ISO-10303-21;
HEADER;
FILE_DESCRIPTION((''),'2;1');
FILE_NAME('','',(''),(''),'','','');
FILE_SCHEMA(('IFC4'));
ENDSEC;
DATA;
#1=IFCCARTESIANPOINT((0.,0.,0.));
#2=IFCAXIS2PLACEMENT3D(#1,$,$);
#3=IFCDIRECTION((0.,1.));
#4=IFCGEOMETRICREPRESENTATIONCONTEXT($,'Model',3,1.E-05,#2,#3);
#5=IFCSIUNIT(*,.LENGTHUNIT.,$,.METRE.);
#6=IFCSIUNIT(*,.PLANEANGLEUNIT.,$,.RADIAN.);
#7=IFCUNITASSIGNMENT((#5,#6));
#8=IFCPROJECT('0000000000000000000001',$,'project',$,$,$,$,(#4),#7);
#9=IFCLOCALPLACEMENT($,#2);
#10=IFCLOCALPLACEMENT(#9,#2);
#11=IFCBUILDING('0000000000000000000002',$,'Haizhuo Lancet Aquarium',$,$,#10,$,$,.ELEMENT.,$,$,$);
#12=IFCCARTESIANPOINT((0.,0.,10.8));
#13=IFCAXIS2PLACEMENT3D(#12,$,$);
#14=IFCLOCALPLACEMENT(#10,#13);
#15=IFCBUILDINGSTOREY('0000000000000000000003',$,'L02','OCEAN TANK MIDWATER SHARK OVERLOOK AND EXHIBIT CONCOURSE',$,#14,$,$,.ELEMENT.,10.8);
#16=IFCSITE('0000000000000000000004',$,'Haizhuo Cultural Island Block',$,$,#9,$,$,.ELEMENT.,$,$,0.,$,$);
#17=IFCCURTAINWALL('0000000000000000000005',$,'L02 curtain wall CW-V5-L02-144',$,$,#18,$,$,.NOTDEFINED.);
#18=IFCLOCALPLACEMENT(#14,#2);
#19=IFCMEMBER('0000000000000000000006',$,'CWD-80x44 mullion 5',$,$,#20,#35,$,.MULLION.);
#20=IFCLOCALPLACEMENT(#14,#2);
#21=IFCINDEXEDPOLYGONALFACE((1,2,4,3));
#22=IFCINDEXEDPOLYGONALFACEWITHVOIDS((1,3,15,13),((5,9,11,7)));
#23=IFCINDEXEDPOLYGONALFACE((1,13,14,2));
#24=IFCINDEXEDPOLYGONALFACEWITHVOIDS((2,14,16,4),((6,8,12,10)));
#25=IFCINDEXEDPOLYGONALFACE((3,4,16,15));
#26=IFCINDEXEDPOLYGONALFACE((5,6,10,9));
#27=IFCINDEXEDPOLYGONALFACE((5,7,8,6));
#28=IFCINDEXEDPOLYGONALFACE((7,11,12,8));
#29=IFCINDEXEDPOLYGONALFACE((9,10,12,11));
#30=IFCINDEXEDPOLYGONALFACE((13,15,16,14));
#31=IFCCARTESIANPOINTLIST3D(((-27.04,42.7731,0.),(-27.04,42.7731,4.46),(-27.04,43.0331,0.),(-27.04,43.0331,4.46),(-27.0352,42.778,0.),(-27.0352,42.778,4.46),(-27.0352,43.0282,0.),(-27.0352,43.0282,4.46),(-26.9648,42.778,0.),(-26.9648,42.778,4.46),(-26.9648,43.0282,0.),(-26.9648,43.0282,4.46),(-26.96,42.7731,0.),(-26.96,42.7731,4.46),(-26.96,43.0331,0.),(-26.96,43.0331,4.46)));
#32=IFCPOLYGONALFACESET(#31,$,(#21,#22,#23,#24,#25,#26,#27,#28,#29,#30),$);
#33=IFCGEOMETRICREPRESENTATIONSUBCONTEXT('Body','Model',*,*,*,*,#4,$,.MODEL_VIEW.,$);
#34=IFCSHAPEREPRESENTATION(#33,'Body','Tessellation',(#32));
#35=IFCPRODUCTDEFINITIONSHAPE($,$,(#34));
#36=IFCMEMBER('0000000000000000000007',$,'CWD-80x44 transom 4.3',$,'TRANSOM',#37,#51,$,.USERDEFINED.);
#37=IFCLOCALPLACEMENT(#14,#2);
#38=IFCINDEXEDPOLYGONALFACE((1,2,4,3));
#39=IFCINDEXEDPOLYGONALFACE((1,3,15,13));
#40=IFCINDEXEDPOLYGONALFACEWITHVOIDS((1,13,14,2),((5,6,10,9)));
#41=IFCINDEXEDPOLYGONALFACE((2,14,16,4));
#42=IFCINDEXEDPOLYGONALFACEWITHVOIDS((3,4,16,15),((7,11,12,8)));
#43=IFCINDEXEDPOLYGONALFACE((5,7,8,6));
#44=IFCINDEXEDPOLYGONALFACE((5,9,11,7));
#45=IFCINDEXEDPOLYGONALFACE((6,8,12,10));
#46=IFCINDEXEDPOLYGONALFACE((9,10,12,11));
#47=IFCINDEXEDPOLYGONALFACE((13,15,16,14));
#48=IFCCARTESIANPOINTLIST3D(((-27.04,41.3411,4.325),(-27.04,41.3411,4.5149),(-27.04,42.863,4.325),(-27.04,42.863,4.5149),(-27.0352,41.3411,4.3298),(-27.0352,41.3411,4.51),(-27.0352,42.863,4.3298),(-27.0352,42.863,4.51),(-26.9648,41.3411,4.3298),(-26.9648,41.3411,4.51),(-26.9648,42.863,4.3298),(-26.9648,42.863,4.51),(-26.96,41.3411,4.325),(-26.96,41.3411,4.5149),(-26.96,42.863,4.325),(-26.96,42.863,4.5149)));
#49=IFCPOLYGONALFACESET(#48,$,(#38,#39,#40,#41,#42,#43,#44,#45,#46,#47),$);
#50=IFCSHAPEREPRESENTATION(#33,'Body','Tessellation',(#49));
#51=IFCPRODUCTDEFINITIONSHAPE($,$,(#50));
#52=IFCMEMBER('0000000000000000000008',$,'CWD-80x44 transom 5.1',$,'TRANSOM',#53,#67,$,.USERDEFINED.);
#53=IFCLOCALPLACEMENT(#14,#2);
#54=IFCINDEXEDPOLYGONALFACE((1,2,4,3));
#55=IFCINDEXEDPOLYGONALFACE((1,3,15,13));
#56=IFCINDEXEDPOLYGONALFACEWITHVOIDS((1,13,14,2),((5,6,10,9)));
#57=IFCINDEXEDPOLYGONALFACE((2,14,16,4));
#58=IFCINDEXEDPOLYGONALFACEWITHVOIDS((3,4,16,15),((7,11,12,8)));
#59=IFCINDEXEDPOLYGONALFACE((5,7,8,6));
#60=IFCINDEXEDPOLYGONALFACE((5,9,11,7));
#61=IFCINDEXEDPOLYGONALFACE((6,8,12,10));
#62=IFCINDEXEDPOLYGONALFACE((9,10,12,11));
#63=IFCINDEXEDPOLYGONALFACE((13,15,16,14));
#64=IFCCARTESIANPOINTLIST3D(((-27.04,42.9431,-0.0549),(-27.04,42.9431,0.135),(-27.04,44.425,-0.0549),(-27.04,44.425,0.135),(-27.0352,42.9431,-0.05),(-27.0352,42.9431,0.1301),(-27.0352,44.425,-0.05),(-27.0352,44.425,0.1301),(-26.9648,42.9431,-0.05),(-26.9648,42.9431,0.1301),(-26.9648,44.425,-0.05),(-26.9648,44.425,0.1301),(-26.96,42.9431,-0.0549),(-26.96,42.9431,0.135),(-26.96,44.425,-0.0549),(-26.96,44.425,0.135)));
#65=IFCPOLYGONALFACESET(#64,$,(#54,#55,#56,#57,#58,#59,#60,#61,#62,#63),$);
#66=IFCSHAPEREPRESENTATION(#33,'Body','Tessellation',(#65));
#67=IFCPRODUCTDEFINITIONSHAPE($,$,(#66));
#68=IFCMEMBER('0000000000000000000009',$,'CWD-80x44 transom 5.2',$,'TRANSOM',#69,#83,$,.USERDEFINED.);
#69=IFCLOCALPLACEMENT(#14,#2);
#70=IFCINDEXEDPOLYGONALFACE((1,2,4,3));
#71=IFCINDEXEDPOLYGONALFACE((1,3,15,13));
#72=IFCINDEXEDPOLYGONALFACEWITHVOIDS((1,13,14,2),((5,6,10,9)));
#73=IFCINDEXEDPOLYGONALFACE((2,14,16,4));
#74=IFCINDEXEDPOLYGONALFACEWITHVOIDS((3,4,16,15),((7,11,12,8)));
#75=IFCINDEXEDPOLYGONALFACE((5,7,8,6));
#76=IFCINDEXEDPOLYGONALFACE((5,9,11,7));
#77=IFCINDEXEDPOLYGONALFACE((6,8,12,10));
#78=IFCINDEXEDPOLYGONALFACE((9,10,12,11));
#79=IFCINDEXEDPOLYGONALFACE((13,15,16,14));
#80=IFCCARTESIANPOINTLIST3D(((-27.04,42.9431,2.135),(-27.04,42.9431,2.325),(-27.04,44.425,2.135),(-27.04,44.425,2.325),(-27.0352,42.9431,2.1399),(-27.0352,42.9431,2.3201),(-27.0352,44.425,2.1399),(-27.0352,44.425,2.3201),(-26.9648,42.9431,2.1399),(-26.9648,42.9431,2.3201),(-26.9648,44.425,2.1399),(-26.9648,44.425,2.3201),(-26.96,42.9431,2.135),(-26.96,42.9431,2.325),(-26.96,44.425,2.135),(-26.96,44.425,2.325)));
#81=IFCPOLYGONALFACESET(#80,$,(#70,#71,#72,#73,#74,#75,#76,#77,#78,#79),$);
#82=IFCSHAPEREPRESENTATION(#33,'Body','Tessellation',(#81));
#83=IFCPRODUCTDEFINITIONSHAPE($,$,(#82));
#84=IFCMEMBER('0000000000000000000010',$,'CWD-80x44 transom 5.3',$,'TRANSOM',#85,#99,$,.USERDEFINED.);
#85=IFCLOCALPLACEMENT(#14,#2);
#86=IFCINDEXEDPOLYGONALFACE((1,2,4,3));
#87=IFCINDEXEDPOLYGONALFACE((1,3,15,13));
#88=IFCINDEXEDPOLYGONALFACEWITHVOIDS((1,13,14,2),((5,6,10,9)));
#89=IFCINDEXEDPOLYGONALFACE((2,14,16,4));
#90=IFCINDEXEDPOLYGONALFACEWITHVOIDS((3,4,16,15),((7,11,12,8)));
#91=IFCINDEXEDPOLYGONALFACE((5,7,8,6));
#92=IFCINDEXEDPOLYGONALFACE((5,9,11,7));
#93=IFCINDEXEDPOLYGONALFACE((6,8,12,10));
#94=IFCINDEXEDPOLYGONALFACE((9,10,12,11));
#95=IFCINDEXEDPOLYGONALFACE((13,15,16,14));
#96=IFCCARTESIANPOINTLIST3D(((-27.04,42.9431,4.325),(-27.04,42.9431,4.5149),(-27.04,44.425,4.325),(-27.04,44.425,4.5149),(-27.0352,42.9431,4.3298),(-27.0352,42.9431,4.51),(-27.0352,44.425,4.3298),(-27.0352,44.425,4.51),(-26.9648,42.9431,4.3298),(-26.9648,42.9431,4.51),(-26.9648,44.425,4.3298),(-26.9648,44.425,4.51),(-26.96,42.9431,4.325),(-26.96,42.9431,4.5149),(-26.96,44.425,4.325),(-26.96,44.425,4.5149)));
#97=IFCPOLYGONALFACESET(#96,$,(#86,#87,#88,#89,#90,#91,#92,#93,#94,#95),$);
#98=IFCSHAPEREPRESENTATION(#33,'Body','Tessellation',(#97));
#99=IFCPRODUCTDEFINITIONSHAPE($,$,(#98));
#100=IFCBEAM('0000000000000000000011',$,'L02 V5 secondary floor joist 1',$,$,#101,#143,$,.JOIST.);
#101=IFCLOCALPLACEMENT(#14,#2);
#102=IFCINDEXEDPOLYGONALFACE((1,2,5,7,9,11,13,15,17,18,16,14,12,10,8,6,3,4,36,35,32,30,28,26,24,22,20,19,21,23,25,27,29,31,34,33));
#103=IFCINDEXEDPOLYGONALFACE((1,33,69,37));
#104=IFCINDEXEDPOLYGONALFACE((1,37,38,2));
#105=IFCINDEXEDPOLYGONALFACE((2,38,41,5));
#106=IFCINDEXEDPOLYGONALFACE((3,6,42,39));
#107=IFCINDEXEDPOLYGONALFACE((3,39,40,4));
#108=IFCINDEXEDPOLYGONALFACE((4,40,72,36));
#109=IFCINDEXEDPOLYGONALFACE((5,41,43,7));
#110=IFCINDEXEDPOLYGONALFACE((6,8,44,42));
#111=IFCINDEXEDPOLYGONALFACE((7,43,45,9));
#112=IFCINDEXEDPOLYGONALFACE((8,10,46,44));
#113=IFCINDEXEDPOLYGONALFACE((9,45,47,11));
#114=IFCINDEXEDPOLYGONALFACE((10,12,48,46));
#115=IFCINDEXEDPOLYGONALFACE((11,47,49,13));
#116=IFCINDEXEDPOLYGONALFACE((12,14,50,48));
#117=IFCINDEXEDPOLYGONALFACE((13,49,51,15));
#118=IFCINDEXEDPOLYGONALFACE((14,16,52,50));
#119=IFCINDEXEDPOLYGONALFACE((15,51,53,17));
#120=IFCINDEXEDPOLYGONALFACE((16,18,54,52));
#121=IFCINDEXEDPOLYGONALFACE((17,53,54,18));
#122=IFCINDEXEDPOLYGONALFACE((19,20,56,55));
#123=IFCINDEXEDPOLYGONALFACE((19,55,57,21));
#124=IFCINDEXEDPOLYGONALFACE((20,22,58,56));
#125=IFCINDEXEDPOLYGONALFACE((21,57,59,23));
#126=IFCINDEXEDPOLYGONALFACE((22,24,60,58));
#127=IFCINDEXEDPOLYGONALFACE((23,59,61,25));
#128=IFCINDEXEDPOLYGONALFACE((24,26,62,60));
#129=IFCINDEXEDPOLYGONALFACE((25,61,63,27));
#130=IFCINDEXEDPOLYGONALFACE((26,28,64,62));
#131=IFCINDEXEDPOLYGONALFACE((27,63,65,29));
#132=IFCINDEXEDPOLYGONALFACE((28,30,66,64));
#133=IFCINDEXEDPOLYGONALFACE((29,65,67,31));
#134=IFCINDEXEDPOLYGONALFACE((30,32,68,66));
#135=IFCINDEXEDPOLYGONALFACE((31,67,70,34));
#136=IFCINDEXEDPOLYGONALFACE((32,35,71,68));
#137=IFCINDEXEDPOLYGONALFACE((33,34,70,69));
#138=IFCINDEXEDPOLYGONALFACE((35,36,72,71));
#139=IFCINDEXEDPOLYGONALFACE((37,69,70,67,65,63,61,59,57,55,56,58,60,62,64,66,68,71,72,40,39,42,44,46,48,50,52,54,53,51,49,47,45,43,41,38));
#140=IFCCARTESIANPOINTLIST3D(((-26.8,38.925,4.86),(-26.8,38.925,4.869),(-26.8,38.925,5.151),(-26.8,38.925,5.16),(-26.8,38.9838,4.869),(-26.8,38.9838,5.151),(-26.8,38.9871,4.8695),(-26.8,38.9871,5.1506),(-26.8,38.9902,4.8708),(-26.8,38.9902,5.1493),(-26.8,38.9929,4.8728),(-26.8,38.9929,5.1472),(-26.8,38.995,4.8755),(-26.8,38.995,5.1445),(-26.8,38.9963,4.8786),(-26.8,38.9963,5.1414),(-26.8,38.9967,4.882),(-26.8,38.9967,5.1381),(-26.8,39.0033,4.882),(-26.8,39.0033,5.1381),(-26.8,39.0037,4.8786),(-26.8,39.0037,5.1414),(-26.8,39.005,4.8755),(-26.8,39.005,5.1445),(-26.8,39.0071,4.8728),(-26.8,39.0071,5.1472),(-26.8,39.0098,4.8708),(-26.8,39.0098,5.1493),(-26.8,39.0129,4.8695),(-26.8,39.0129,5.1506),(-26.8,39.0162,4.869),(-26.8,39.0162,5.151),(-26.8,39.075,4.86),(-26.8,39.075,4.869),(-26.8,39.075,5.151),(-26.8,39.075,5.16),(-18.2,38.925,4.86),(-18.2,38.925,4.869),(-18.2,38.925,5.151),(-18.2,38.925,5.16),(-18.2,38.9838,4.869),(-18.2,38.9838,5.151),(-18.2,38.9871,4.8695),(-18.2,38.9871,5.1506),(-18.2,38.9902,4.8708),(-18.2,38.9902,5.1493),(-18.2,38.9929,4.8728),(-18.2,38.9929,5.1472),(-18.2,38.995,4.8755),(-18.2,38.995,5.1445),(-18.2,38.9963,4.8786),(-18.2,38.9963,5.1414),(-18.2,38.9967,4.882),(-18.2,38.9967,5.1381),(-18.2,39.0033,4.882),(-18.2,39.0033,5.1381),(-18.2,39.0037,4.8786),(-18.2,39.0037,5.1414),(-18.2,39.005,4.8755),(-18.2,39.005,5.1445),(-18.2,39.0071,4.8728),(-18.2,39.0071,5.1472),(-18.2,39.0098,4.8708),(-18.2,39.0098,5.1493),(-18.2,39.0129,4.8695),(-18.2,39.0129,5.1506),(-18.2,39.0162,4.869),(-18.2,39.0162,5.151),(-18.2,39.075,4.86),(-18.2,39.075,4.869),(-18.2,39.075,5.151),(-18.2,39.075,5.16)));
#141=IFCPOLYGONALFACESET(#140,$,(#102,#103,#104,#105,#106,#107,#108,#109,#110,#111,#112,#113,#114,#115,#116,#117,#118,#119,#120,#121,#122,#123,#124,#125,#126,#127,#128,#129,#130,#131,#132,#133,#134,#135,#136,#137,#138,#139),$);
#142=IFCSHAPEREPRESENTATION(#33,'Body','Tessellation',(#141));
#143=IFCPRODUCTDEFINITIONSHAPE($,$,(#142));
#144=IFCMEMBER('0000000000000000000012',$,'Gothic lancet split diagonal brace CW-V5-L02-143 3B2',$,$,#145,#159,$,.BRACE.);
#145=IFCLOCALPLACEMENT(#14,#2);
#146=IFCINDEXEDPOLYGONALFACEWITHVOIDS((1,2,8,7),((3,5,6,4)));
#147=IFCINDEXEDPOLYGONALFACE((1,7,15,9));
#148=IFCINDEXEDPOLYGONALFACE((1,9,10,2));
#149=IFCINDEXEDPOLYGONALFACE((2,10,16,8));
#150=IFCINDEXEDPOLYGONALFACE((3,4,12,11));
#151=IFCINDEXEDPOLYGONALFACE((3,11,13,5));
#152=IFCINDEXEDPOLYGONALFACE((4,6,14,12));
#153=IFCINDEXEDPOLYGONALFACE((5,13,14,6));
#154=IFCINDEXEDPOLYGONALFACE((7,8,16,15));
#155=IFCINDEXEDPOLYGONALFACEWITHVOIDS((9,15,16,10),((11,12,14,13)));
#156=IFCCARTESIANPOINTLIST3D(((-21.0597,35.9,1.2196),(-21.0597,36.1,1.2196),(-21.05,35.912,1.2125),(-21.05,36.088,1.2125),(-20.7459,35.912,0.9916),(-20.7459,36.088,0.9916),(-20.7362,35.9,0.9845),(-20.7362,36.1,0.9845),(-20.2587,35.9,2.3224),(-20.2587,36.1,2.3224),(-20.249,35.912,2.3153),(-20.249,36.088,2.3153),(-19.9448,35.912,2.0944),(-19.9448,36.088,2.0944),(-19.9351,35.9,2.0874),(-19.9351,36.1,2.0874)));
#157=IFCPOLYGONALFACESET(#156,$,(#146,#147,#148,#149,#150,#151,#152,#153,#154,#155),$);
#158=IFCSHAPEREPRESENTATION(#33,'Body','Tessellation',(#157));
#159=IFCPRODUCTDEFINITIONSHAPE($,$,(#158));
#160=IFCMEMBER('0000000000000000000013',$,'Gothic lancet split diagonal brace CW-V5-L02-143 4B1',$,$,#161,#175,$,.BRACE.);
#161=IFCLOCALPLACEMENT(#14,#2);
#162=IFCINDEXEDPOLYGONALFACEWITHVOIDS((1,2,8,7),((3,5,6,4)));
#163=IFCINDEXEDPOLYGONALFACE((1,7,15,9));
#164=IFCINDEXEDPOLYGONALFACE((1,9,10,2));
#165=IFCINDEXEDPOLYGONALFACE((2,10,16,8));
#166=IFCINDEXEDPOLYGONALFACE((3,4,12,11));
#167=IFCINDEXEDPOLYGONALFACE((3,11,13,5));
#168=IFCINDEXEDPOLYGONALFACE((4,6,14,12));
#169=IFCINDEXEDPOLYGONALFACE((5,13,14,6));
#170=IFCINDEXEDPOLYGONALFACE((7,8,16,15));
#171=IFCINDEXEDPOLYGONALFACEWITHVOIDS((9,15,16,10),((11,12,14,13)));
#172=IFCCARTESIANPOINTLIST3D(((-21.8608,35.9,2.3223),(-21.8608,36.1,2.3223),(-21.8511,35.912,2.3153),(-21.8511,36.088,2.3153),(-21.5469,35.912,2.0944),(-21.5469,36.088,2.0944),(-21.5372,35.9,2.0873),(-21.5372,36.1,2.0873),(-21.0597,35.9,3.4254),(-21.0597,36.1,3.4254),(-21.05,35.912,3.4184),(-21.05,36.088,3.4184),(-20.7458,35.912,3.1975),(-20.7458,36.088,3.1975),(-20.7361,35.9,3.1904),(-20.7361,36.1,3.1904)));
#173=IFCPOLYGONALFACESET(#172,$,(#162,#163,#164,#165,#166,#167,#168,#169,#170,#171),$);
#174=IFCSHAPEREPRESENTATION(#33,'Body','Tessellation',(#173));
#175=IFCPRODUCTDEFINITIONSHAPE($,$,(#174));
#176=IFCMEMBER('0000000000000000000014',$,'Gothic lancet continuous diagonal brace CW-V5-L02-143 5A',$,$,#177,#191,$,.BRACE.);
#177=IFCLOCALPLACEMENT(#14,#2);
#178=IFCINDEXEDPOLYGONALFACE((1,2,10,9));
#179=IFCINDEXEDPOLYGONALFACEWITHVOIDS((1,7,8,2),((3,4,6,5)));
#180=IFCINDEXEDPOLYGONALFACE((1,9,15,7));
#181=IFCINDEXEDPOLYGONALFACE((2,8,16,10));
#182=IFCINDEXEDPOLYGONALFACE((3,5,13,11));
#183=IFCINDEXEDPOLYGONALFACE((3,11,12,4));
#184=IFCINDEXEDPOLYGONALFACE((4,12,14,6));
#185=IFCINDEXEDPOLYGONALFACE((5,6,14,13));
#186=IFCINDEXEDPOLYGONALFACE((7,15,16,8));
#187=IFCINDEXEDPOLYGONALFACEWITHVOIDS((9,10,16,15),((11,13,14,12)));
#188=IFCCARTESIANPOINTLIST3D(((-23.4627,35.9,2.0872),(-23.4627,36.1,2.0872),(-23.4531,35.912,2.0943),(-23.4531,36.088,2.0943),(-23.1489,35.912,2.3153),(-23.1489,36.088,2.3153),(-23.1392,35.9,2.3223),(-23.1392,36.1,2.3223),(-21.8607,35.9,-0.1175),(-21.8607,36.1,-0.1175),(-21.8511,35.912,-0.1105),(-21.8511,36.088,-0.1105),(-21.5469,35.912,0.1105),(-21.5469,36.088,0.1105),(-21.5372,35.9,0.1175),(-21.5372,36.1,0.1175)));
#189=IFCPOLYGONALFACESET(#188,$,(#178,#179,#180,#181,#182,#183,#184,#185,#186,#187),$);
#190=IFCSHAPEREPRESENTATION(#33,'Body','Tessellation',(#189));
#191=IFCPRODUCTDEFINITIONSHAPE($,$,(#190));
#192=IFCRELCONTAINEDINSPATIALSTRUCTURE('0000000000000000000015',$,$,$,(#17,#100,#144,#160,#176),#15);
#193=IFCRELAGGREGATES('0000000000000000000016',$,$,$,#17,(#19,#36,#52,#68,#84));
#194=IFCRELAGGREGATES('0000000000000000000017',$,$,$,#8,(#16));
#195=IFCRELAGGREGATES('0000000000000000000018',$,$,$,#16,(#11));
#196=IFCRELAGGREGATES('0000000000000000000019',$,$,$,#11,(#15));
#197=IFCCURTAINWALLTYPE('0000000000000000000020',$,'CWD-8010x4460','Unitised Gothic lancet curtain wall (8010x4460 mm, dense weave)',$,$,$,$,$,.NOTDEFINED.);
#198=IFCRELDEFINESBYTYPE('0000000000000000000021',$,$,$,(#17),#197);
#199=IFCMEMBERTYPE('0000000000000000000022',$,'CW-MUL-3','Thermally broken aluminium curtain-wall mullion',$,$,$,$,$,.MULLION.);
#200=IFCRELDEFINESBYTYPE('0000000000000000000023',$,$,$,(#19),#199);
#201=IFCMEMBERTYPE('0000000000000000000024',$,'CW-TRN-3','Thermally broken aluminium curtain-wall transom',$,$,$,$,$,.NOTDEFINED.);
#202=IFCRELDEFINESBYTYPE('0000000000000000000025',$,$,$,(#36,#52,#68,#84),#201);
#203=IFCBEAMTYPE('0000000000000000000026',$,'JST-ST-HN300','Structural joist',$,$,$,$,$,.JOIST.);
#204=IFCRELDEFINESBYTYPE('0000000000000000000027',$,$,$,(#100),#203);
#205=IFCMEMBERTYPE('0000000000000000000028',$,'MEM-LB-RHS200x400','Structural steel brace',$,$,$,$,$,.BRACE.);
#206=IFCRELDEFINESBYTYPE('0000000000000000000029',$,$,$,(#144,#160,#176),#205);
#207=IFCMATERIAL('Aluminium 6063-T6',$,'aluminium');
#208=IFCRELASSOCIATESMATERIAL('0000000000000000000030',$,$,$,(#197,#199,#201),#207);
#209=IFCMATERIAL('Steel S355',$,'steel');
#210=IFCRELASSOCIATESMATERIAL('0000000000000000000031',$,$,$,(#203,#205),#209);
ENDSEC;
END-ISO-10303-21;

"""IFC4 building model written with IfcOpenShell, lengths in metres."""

from ifc_helpers import new_model, si_unit, direction, frame, origin, origin_2d, place, context, subcontext, project, spatial, hollow_rectangle, i_section, extrude, material, material_profile, profile_set, type_object, element, aggregate, save


model = new_model("IFC4")

# Units and contexts
model_context = context("Model", 3, precision=1e-05, world=origin(), true_north=direction((0.0, 1.0)))
body_context = subcontext(model_context, "Body", "Model", "MODEL_VIEW")
ifc_project = project(units=[si_unit("LENGTHUNIT", "METRE"), si_unit("PLANEANGLEUNIT", "RADIAN")], contexts=[model_context])

# Site, building, storey
site_placement = place(None, origin())
site = spatial("IfcSite", under=ifc_project, at=site_placement, Name="Haizhuo Cultural Island Block", CompositionType="ELEMENT", RefElevation=0.0)
building_placement = place(site_placement, origin())
building = spatial("IfcBuilding", under=site, at=building_placement, Name="Haizhuo Lancet Aquarium", CompositionType="ELEMENT")
storey_placement = place(building_placement, frame((0.0, 0.0, 10.8)))
storey = spatial("IfcBuildingStorey", under=building, at=storey_placement, Name="L02", Description="OCEAN TANK MIDWATER SHARK OVERLOOK AND EXHIBIT CONCOURSE", CompositionType="ELEMENT", Elevation=10.8)

# Curtain wall, members
ifc_material_1 = material(Name="Aluminium 6063-T6", Category="aluminium")
curtain_wall_type_1 = type_object("IfcCurtainWallType", Name="CWD-8010x4460", Description="Unitised Gothic lancet curtain wall (8010x4460 mm, dense weave)", PredefinedType="NOTDEFINED", material=ifc_material_1)
curtain_wall_1_placement = place(storey_placement, origin())
curtain_wall_1 = element("IfcCurtainWall", 1, at=curtain_wall_1_placement, inside=storey, type_object=curtain_wall_type_1, Name="L02 curtain wall CW-V5-L02-144", PredefinedType="NOTDEFINED")
ifc_material_profile_1 = material_profile(ifc_material_1, hollow_rectangle(XDim=0.0801, YDim=0.26, WallThickness=0.0049, at=origin_2d()), Name="ALU-M 80x260x5")
ifc_profile_set_1 = profile_set([ifc_material_profile_1], Name="Aluminium 6063-T6")
member_type_1 = type_object("IfcMemberType", Name="CW-MUL-3", Description="Thermally broken aluminium curtain-wall mullion", PredefinedType="MULLION", material=ifc_profile_set_1)
member_1_placement = place(storey_placement, frame((-27.0, 42.9031, 0.0), z_axis=(0.0, 0.0, 1.0), x_axis=(-1.0, 0.0, 0.0)))
member_1 = element("IfcMember", 2, at=member_1_placement, type_object=member_type_1, Name="CWD-80x44 mullion 5", PredefinedType="MULLION", context=body_context, shape_type="SweptSolid", body=[
    extrude(hollow_rectangle(XDim=0.0801, YDim=0.26, WallThickness=0.0049, at=origin_2d()), origin(), (0.0, 0.0, 1.0), 4.46),
])
ifc_material_profile_2 = material_profile(ifc_material_1, hollow_rectangle(XDim=0.0801, YDim=0.1899, WallThickness=0.0049, at=origin_2d()), Name="ALU-T 80x190x5")
ifc_profile_set_2 = profile_set([ifc_material_profile_2], Name="Aluminium 6063-T6")
member_type_2 = type_object("IfcMemberType", Name="CW-TRN-3", Description="Thermally broken aluminium curtain-wall transom", PredefinedType="NOTDEFINED", material=ifc_profile_set_2)
member_2_placement = place(storey_placement, frame((-27.0, 41.3411, 4.4199), z_axis=(0.0, 1.0, 0.0), x_axis=(-1.0, 0.0, 0.0)))
member_2 = element("IfcMember", 3, at=member_2_placement, type_object=member_type_2, Name="CWD-80x44 transom 4.3", ObjectType="TRANSOM", PredefinedType="USERDEFINED", context=body_context, shape_type="SweptSolid", body=[
    extrude(hollow_rectangle(XDim=0.0801, YDim=0.1899, WallThickness=0.0049, at=origin_2d()), origin(), (0.0, 0.0, 1.0), 1.522),
])
member_3_placement = place(storey_placement, frame((-27.0, 42.9431, 0.04), z_axis=(0.0, 1.0, 0.0), x_axis=(-1.0, 0.0, 0.0)))
member_3 = element("IfcMember", 4, at=member_3_placement, type_object=member_type_2, Name="CWD-80x44 transom 5.1", ObjectType="TRANSOM", PredefinedType="USERDEFINED", context=body_context, shape_type="SweptSolid", body=[
    extrude(hollow_rectangle(XDim=0.0801, YDim=0.1899, WallThickness=0.0049, at=origin_2d()), origin(), (0.0, 0.0, 1.0), 1.4819),
])
member_4_placement = place(storey_placement, frame((-27.0, 42.9431, 2.23), z_axis=(0.0, 1.0, 0.0), x_axis=(-1.0, 0.0, 0.0)))
member_4 = element("IfcMember", 5, at=member_4_placement, type_object=member_type_2, Name="CWD-80x44 transom 5.2", ObjectType="TRANSOM", PredefinedType="USERDEFINED", context=body_context, shape_type="SweptSolid", body=[
    extrude(hollow_rectangle(XDim=0.0801, YDim=0.1899, WallThickness=0.0049, at=origin_2d()), origin(), (0.0, 0.0, 1.0), 1.4819),
])
member_5_placement = place(storey_placement, frame((-27.0, 42.9431, 4.4199), z_axis=(0.0, 1.0, 0.0), x_axis=(-1.0, 0.0, 0.0)))
member_5 = element("IfcMember", 6, at=member_5_placement, type_object=member_type_2, Name="CWD-80x44 transom 5.3", ObjectType="TRANSOM", PredefinedType="USERDEFINED", context=body_context, shape_type="SweptSolid", body=[
    extrude(hollow_rectangle(XDim=0.0801, YDim=0.1899, WallThickness=0.0049, at=origin_2d()), origin(), (0.0, 0.0, 1.0), 1.4819),
])

# Beam
ifc_material_2 = material(Name="Steel S355", Category="steel")
ifc_material_profile_3 = material_profile(ifc_material_2, i_section(OverallWidth=0.1499, OverallDepth=0.3, WebThickness=0.0066, FlangeThickness=0.009, FilletRadius=0.0129, at=origin_2d()), Name="HN 300x150x6.5x9")
ifc_profile_set_3 = profile_set([ifc_material_profile_3], Name="Steel S355")
beam_type = type_object("IfcBeamType", Name="JST-ST-HN300", Description="Structural joist", PredefinedType="JOIST", material=ifc_profile_set_3)
beam_placement = place(storey_placement, frame((-26.8, 39.0, 5.01), z_axis=(1.0, 0.0, 0.0), x_axis=(0.0, 1.0, 0.0)))
element("IfcBeam", 7, at=beam_placement, inside=storey, type_object=beam_type, Name="L02 V5 secondary floor joist 1", PredefinedType="JOIST", context=body_context, shape_type="SweptSolid", body=[
    extrude(i_section(OverallWidth=0.1499, OverallDepth=0.3, WebThickness=0.0066, FlangeThickness=0.009, FilletRadius=0.0129, at=origin_2d()), origin(), (0.0, 0.0, 1.0), 8.6001),
])

# Members
ifc_material_profile_4 = material_profile(ifc_material_2, hollow_rectangle(XDim=0.2, YDim=0.3999, WallThickness=0.012, at=origin_2d()), Name="RHS 200x400x12")
ifc_profile_set_4 = profile_set([ifc_material_profile_4], Name="Steel S355")
member_type_3 = type_object("IfcMemberType", Name="MEM-LB-RHS200x400", Description="Structural steel brace", PredefinedType="BRACE", material=ifc_profile_set_4)
member_6_placement = place(storey_placement, frame((-20.8979, 36.0, 1.1021), z_axis=(0.587692, 0.0, 0.809084), x_axis=(0.0, 1.0, 0.0)))
element("IfcMember", 8, at=member_6_placement, inside=storey, type_object=member_type_3, Name="Gothic lancet split diagonal brace CW-V5-L02-143 3B2", PredefinedType="BRACE", context=body_context, shape_type="SweptSolid", body=[
    extrude(hollow_rectangle(XDim=0.2, YDim=0.3999, WallThickness=0.012, at=origin_2d()), origin(), (0.0, 0.0, 1.0), 1.363),
])
member_7_placement = place(storey_placement, frame((-21.699, 36.0, 2.2048), z_axis=(0.587607, 0.0, 0.809146), x_axis=(0.0, 1.0, 0.0)))
element("IfcMember", 9, at=member_7_placement, inside=storey, type_object=member_type_3, Name="Gothic lancet split diagonal brace CW-V5-L02-143 4B1", PredefinedType="BRACE", context=body_context, shape_type="SweptSolid", body=[
    extrude(hollow_rectangle(XDim=0.2, YDim=0.3999, WallThickness=0.012, at=origin_2d()), origin(), (0.0, 0.0, 1.0), 1.3633),
])
member_8_placement = place(storey_placement, frame((-21.699, 36.0, 0.0), z_axis=(-0.58782, 0.0, 0.808992), x_axis=(0.0, -1.0, 0.0)))
element("IfcMember", 10, at=member_8_placement, inside=storey, type_object=member_type_3, Name="Gothic lancet continuous diagonal brace CW-V5-L02-143 5A", PredefinedType="BRACE", context=body_context, shape_type="SweptSolid", body=[
    extrude(hollow_rectangle(XDim=0.2, YDim=0.3999, WallThickness=0.012, at=origin_2d()), origin(), (0.0, 0.0, 1.0), 2.7253),
])

aggregate(curtain_wall_1, [member_1, member_2, member_3, member_4, member_5])

save(model, "model.ifc")
